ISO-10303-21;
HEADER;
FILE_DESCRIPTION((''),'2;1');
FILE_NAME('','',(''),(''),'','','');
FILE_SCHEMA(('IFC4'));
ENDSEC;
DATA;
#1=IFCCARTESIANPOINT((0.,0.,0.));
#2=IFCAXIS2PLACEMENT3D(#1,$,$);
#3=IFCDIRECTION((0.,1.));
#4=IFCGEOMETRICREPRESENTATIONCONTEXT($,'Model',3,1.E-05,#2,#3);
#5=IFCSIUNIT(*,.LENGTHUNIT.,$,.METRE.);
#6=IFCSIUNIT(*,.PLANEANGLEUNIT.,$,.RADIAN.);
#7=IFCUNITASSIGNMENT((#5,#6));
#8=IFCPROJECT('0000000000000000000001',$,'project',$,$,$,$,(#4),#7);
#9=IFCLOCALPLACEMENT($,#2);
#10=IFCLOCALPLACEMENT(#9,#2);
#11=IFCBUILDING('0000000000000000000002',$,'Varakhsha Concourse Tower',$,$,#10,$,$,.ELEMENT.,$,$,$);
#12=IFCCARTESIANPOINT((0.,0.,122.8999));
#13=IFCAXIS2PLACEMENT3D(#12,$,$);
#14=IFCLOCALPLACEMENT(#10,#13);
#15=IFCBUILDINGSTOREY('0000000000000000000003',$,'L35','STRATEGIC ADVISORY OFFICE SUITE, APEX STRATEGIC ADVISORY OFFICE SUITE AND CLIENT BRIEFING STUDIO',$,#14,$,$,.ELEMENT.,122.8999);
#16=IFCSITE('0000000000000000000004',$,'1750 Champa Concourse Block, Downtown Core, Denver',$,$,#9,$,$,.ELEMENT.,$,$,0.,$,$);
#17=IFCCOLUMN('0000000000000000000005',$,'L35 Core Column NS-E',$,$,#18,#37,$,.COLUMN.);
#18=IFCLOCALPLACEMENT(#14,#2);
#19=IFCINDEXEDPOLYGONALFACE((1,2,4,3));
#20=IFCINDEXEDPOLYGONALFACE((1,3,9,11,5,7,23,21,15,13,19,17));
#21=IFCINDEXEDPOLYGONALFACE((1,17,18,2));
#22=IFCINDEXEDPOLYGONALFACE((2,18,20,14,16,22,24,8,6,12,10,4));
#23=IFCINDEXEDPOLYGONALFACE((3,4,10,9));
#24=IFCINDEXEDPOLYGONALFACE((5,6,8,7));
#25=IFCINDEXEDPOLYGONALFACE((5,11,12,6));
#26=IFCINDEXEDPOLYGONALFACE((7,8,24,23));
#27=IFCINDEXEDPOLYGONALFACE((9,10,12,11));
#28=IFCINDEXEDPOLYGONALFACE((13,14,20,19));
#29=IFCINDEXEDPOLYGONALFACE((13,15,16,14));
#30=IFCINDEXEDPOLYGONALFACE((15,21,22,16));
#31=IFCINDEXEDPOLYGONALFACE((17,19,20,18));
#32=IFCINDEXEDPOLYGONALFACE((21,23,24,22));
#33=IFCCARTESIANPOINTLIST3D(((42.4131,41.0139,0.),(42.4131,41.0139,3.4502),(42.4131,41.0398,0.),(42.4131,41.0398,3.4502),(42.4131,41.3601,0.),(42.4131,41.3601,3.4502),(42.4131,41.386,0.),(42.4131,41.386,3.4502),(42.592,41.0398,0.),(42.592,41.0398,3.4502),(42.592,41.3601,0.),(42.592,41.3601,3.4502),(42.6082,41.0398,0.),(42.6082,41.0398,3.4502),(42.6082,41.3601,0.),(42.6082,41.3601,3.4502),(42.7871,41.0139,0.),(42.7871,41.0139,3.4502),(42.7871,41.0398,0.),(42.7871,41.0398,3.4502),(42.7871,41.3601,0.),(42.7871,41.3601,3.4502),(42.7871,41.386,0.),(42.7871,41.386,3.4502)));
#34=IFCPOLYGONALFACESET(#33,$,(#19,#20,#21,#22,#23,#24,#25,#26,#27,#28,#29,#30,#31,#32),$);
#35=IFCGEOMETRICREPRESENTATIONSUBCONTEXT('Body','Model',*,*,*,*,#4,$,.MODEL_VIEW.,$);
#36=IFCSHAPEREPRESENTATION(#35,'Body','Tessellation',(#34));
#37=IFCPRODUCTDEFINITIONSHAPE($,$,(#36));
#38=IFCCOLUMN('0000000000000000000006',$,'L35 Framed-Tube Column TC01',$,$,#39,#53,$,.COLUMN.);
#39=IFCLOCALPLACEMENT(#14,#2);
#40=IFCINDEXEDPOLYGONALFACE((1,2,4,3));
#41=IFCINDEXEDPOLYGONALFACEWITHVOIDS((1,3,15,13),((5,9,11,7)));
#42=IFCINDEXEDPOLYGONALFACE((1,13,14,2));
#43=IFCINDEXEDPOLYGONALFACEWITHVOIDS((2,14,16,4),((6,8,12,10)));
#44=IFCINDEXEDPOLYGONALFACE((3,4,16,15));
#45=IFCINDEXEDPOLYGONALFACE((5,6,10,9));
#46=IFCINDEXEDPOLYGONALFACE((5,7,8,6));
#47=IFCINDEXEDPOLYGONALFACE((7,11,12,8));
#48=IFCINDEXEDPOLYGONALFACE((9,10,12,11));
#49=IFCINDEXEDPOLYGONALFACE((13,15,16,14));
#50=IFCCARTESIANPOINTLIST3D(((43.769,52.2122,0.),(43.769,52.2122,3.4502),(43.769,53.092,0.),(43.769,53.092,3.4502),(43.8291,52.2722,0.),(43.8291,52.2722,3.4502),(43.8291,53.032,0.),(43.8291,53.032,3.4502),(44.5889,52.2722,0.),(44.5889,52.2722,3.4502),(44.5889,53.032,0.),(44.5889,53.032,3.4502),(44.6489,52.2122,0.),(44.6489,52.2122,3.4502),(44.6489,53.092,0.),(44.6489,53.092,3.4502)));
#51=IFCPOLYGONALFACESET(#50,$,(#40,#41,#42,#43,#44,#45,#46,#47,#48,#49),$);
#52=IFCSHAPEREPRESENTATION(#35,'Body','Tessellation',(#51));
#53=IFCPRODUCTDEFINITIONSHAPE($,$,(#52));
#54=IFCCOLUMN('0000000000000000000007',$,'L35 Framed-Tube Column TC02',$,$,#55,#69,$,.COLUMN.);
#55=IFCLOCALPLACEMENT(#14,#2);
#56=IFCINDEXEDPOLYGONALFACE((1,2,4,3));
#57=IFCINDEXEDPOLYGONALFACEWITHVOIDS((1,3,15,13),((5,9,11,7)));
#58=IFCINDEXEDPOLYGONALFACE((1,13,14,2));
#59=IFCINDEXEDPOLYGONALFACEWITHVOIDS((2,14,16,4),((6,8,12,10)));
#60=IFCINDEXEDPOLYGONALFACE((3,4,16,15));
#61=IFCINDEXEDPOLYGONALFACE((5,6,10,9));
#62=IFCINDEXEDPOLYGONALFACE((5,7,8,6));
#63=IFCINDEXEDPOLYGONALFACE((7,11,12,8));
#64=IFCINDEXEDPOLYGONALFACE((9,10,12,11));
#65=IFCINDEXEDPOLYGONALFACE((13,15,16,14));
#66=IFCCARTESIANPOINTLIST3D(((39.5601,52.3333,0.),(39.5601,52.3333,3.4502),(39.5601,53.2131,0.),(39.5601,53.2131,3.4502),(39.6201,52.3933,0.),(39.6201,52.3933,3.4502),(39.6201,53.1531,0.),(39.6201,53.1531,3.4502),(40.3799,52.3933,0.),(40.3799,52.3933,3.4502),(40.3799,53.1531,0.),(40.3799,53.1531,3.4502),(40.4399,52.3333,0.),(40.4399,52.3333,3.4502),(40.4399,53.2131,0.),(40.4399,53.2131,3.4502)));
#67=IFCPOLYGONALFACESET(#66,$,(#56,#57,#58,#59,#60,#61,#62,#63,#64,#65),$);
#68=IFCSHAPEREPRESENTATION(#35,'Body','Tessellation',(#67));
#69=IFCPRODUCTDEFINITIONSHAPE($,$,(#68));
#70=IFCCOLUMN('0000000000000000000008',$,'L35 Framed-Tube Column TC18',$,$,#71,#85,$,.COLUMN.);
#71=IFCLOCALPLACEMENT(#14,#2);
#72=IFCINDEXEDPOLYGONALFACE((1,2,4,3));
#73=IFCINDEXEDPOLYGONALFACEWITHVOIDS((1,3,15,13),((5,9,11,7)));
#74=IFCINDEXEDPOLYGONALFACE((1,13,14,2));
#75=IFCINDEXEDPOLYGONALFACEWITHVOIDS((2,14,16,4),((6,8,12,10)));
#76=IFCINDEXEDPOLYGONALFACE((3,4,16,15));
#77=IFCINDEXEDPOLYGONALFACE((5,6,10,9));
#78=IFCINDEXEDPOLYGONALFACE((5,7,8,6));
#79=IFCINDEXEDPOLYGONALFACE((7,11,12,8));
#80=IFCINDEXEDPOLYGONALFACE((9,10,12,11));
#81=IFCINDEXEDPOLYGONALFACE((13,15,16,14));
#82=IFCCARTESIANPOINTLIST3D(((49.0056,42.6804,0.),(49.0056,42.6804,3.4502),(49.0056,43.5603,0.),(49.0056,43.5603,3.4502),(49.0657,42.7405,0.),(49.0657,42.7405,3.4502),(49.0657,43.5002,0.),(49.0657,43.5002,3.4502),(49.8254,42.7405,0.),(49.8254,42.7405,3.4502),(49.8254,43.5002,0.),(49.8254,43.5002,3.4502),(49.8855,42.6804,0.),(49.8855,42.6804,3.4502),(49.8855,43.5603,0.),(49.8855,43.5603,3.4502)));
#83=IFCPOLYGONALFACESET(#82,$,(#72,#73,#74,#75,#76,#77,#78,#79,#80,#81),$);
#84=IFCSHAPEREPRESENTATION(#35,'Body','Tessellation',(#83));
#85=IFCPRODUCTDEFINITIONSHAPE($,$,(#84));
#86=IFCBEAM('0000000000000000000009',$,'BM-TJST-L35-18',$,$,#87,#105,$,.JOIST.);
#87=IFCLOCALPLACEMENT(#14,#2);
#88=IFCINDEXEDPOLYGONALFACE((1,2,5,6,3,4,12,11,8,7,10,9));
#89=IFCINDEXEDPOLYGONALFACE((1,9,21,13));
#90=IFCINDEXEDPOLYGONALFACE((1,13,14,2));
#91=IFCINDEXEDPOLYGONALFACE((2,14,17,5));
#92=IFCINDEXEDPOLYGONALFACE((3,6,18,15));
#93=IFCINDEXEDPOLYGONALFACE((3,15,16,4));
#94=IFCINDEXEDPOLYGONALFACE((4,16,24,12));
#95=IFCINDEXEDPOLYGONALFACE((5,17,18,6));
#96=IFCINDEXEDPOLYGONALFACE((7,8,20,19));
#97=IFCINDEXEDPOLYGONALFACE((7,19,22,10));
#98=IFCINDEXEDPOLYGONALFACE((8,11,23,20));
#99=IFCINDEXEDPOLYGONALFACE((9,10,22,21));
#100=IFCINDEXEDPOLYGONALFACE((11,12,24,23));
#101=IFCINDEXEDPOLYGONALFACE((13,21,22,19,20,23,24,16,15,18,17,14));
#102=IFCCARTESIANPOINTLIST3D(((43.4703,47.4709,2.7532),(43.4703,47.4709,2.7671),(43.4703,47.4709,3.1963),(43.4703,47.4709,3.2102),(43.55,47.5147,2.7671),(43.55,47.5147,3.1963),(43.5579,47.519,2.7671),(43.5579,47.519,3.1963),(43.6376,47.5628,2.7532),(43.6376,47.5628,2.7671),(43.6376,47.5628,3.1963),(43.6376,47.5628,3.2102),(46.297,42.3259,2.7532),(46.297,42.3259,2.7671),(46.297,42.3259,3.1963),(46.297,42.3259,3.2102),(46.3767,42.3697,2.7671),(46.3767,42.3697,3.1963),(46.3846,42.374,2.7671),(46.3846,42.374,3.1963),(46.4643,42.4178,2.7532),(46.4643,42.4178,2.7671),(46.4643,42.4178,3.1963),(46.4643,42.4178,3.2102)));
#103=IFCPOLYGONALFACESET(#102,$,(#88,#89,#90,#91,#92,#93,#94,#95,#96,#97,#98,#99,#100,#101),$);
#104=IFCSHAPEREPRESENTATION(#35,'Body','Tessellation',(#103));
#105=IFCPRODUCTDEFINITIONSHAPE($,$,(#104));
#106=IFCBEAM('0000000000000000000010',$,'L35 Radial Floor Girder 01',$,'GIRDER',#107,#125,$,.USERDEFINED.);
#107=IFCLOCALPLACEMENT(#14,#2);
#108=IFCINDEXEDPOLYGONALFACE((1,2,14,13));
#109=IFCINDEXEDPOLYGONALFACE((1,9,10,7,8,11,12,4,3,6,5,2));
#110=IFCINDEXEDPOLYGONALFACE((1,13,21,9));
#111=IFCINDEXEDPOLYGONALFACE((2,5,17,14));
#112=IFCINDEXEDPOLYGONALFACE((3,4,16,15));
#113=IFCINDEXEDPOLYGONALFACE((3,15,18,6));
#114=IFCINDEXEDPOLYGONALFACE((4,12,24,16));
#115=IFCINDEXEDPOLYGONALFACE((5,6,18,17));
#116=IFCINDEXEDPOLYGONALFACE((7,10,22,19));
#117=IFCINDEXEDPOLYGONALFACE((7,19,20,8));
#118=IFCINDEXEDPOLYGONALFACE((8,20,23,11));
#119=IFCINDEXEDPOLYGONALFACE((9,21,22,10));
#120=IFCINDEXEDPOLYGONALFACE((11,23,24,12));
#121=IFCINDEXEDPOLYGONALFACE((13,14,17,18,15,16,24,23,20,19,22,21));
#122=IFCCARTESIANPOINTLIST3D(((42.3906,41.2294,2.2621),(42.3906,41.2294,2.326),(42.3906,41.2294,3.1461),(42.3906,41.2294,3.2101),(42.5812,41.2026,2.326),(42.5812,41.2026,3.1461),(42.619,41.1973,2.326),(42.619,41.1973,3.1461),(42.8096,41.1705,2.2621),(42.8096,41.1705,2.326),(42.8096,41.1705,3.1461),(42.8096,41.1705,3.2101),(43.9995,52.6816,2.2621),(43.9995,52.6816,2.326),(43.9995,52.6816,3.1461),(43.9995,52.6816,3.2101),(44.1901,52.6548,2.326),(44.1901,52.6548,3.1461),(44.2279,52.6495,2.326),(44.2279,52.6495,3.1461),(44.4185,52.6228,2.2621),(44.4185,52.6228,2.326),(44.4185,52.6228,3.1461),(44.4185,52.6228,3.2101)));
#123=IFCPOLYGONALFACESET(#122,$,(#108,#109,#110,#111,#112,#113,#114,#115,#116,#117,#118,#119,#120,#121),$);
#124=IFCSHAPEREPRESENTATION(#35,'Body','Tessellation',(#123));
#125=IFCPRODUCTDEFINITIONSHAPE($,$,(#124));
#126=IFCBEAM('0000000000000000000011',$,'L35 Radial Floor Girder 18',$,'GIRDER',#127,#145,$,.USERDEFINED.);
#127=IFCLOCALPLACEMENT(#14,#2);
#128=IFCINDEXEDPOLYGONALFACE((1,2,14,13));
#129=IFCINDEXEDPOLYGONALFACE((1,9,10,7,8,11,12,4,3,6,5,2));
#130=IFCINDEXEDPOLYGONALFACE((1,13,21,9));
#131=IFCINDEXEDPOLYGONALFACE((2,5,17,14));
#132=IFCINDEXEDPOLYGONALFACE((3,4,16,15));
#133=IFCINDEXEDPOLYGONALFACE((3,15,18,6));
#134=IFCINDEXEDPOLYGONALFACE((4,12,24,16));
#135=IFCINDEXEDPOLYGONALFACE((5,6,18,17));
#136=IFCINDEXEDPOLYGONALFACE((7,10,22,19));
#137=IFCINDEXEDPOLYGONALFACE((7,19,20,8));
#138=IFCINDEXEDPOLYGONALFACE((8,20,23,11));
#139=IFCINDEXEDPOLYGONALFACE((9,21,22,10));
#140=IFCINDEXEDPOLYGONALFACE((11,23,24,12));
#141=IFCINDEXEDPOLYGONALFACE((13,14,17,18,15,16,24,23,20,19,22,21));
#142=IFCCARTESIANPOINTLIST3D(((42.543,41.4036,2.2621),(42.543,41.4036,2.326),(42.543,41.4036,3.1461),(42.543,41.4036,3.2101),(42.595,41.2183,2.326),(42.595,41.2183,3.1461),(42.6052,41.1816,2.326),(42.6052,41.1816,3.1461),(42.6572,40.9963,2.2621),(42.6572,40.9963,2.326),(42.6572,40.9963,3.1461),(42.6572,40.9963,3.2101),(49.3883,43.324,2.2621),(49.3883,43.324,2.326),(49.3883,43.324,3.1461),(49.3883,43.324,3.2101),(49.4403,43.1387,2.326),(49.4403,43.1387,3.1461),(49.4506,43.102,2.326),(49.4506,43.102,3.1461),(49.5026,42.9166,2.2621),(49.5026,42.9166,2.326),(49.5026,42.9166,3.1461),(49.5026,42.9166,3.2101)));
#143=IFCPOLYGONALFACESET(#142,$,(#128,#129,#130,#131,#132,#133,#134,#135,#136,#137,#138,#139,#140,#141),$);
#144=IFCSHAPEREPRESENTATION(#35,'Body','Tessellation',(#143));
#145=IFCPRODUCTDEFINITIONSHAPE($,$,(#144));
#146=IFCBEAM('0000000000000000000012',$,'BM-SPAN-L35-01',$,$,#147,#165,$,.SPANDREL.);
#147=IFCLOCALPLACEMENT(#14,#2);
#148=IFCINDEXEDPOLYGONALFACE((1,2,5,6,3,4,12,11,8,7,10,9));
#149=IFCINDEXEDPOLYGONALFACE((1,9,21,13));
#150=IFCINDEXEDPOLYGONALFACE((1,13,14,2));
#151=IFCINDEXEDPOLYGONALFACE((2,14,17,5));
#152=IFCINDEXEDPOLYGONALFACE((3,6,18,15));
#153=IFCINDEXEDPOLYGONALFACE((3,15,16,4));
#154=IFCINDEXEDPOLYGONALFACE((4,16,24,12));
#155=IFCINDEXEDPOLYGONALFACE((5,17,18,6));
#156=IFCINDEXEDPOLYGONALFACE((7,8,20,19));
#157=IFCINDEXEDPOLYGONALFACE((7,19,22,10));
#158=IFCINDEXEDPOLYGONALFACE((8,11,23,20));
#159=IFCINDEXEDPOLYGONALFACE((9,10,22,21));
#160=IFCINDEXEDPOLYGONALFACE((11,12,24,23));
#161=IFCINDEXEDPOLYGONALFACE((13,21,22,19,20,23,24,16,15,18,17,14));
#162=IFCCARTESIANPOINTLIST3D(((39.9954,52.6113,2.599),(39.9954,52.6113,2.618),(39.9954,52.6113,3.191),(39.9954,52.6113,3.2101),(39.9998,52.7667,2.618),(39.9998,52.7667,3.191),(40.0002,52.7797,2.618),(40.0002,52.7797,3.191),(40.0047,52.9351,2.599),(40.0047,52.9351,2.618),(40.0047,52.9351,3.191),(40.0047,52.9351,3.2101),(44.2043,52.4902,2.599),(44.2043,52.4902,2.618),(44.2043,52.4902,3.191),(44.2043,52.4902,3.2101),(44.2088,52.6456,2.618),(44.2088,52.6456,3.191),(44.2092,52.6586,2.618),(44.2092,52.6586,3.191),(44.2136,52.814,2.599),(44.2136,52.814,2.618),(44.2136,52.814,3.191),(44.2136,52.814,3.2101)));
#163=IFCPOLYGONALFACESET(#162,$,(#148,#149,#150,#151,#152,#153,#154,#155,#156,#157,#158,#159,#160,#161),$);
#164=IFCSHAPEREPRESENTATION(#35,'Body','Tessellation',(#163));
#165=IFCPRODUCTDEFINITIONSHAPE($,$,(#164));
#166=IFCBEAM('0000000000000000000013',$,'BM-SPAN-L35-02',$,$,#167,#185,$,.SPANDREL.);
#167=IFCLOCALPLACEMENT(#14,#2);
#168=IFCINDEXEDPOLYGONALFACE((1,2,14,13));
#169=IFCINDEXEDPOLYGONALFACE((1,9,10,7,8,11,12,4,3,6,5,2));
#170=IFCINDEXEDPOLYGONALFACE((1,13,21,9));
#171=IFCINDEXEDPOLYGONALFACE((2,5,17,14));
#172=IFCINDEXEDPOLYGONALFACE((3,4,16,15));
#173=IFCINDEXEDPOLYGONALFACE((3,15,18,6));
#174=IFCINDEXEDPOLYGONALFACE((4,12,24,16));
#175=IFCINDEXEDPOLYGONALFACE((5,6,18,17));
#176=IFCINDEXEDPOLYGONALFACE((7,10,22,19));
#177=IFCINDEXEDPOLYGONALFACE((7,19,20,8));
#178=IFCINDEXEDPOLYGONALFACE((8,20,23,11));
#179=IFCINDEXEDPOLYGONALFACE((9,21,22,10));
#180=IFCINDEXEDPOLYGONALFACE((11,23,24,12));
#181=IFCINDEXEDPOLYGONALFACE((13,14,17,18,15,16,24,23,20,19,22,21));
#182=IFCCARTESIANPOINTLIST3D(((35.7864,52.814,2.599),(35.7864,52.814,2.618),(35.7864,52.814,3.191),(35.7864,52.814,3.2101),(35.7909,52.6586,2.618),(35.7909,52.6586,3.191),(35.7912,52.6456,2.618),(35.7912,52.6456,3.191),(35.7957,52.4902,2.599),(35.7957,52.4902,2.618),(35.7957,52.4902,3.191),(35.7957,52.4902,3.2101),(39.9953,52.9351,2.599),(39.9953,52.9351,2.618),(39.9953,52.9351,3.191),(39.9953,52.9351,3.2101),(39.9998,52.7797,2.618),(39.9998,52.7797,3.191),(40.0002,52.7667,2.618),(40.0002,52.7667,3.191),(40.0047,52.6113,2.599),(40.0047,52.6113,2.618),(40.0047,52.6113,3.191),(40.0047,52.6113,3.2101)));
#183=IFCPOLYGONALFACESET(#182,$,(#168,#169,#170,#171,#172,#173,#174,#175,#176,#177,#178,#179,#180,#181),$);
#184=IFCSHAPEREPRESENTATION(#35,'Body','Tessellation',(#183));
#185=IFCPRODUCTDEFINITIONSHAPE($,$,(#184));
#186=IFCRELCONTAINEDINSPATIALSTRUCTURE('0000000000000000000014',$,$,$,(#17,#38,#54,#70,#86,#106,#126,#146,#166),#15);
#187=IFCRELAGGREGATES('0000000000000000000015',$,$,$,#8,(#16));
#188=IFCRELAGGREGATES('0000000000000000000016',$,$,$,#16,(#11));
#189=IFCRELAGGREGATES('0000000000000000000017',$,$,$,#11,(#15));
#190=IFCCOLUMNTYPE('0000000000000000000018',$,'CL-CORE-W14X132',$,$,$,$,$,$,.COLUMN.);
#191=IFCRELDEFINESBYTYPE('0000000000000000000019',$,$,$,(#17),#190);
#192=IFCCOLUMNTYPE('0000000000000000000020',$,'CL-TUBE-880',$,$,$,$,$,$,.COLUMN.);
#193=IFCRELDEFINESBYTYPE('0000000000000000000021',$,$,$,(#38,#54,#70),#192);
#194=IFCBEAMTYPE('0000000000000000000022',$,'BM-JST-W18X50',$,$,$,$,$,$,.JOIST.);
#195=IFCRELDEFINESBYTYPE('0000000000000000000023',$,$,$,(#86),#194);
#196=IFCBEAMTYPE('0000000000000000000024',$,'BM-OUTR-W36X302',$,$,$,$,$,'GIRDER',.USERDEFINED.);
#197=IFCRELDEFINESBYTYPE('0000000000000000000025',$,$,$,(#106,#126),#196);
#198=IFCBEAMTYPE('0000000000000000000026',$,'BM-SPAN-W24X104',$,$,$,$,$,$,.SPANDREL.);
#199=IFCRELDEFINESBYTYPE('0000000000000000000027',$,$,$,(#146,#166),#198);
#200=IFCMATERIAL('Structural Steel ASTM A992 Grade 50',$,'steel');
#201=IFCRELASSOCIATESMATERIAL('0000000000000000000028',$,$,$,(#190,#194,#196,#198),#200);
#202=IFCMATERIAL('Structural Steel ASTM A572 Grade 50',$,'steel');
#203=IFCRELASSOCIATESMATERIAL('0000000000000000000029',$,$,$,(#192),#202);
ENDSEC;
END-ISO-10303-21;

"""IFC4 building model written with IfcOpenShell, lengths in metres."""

from ifc_helpers import new_model, si_unit, direction, frame, origin, origin_2d, place, context, subcontext, project, spatial, hollow_rectangle, i_section, extrude, material, material_profile, profile_set, type_object, element, save


model = new_model("IFC4")

# Units and contexts
model_context = context("Model", 3, precision=1e-05, world=origin(), true_north=direction((0.0, 1.0)))
body_context = subcontext(model_context, "Body", "Model", "MODEL_VIEW")
ifc_project = project(units=[si_unit("LENGTHUNIT", "METRE"), si_unit("PLANEANGLEUNIT", "RADIAN")], contexts=[model_context])

# Site, building, storey
site_placement = place(None, origin())
site = spatial("IfcSite", under=ifc_project, at=site_placement, Name="1750 Champa Concourse Block, Downtown Core, Denver", CompositionType="ELEMENT", RefElevation=0.0)
building_placement = place(site_placement, origin())
building = spatial("IfcBuilding", under=site, at=building_placement, Name="Varakhsha Concourse Tower", CompositionType="ELEMENT")
storey_placement = place(building_placement, frame((0.0, 0.0, 122.8999)))
storey = spatial("IfcBuildingStorey", under=building, at=storey_placement, Name="L35", Description="STRATEGIC ADVISORY OFFICE SUITE, APEX STRATEGIC ADVISORY OFFICE SUITE AND CLIENT BRIEFING STUDIO", CompositionType="ELEMENT", Elevation=122.8999)

# Columns
ifc_material_1 = material(Name="Structural Steel ASTM A992 Grade 50", Category="steel")
ifc_material_profile_1 = material_profile(ifc_material_1, i_section(OverallWidth=0.374, OverallDepth=0.3721, WebThickness=0.0161, FlangeThickness=0.0259, at=origin_2d()), Name="W14X132")
ifc_profile_set_1 = profile_set([ifc_material_profile_1], Name="Structural Steel ASTM A992 Grade 50")
column_type_1 = type_object("IfcColumnType", Name="CL-CORE-W14X132", PredefinedType="COLUMN", material=ifc_profile_set_1)
column_placement = place(storey_placement, frame((42.6001, 41.2, 0.0), z_axis=(0.0, 0.0, 1.0), x_axis=(1.0, 0.0, 0.0)))
element("IfcColumn", 1, at=column_placement, inside=storey, type_object=column_type_1, Name="L35 Core Column NS-E", PredefinedType="COLUMN", context=body_context, shape_type="SweptSolid", body=[
    extrude(i_section(OverallWidth=0.374, OverallDepth=0.3721, WebThickness=0.0161, FlangeThickness=0.0259, at=origin_2d()), origin(), (0.0, 0.0, 1.0), 3.4502),
])
ifc_material_2 = material(Name="Structural Steel ASTM A572 Grade 50", Category="steel")
ifc_material_profile_2 = material_profile(ifc_material_2, hollow_rectangle(XDim=0.8799, YDim=0.8799, WallThickness=0.0601, at=origin_2d()), Name="BOX 880x880x60")
ifc_profile_set_2 = profile_set([ifc_material_profile_2], Name="Structural Steel ASTM A572 Grade 50")
column_type_2 = type_object("IfcColumnType", Name="CL-TUBE-880", PredefinedType="COLUMN", material=ifc_profile_set_2)
for number, where, z_axis, x_axis, name in (
    (2, (44.209, 52.6521, 0.0), (0.0, 0.0, 1.0), (1.0, 0.0, 0.0), "L35 Framed-Tube Column TC01"),
    (3, (40.0, 52.7732, 0.0), (0.0, 0.0, 1.0), (1.0, 0.0, 0.0), "L35 Framed-Tube Column TC02"),
    (4, (49.4456, 43.1204, 0.0), (0.0, 0.0, 1.0), (1.0, 0.0, 0.0), "L35 Framed-Tube Column TC18"),
):
    element("IfcColumn", number, at=place(storey_placement, frame(where, z_axis=z_axis, x_axis=x_axis)), inside=storey, type_object=column_type_2, Name=name, PredefinedType="COLUMN", context=body_context, shape_type="SweptSolid", body=[
        extrude(hollow_rectangle(XDim=0.8799, YDim=0.8799, WallThickness=0.0601, at=origin_2d()), origin(), (0.0, 0.0, 1.0), 3.4502),
    ])

# Beams
ifc_material_profile_3 = material_profile(ifc_material_1, i_section(OverallWidth=0.1909, OverallDepth=0.457, WebThickness=0.009, FlangeThickness=0.0139, at=origin_2d()), Name="W18X50")
ifc_profile_set_3 = profile_set([ifc_material_profile_3], Name="Structural Steel ASTM A992 Grade 50")
beam_type_1 = type_object("IfcBeamType", Name="BM-JST-W18X50", PredefinedType="JOIST", material=ifc_profile_set_3)
beam_1_placement = place(storey_placement, frame((46.3806, 42.3718, 2.9817), z_axis=(-0.481513, 0.876439, 0.0), x_axis=(-0.876439, -0.481513, 0.0)))
element("IfcBeam", 5, at=beam_1_placement, inside=storey, type_object=beam_type_1, Name="BM-TJST-L35-18", PredefinedType="JOIST", context=body_context, shape_type="SweptSolid", body=[
    extrude(i_section(OverallWidth=0.1909, OverallDepth=0.457, WebThickness=0.009, FlangeThickness=0.0139, at=origin_2d()), origin(), (0.0, 0.0, 1.0), 5.8704),
])
ifc_material_profile_4 = material_profile(ifc_material_1, i_section(OverallWidth=0.4231, OverallDepth=0.948, WebThickness=0.0381, FlangeThickness=0.064, at=origin_2d()), Name="W36X302")
ifc_profile_set_4 = profile_set([ifc_material_profile_4], Name="Structural Steel ASTM A992 Grade 50")
beam_type_2 = type_object("IfcBeamType", Name="BM-OUTR-W36X302", ElementType="GIRDER", PredefinedType="USERDEFINED", material=ifc_profile_set_4)
beam_2_placement = place(storey_placement, frame((42.6001, 41.2, 2.7361), z_axis=(0.139122, 0.990275, 0.0), x_axis=(-0.990275, 0.139122, 0.0)))
element("IfcBeam", 6, at=beam_2_placement, inside=storey, type_object=beam_type_2, Name="L35 Radial Floor Girder 01", ObjectType="GIRDER", PredefinedType="USERDEFINED", context=body_context, shape_type="SweptSolid", body=[
    extrude(i_section(OverallWidth=0.4231, OverallDepth=0.948, WebThickness=0.0381, FlangeThickness=0.064, at=origin_2d()), origin(), (0.0, 0.0, 1.0), 11.5647),
])
beam_3_placement = place(storey_placement, frame((42.6001, 41.2, 2.7361), z_axis=(0.962829, 0.27011, 0.0), x_axis=(-0.27011, 0.962829, 0.0)))
element("IfcBeam", 7, at=beam_3_placement, inside=storey, type_object=beam_type_2, Name="L35 Radial Floor Girder 18", ObjectType="GIRDER", PredefinedType="USERDEFINED", context=body_context, shape_type="SweptSolid", body=[
    extrude(i_section(OverallWidth=0.4231, OverallDepth=0.948, WebThickness=0.0381, FlangeThickness=0.064, at=origin_2d()), origin(), (0.0, 0.0, 1.0), 7.1096),
])
ifc_material_profile_5 = material_profile(ifc_material_1, i_section(OverallWidth=0.324, OverallDepth=0.6111, WebThickness=0.0129, FlangeThickness=0.019, at=origin_2d()), Name="W24X104")
ifc_profile_set_5 = profile_set([ifc_material_profile_5], Name="Structural Steel ASTM A992 Grade 50")
beam_type_3 = type_object("IfcBeamType", Name="BM-SPAN-W24X104", PredefinedType="SPANDREL", material=ifc_profile_set_5)
for number, where, z_axis, x_axis, name in (
    (8, (44.209, 52.6521, 2.9045), (-0.999586, 0.028758, 0.0), (-0.028758, -0.999586, 0.0), "BM-SPAN-L35-01"),
    (9, (40.0, 52.7732, 2.9045), (-0.999586, -0.028758, 0.0), (0.028758, -0.999586, 0.0), "BM-SPAN-L35-02"),
):
    element("IfcBeam", number, at=place(storey_placement, frame(where, z_axis=z_axis, x_axis=x_axis)), inside=storey, type_object=beam_type_3, Name=name, PredefinedType="SPANDREL", context=body_context, shape_type="SweptSolid", body=[
        extrude(i_section(OverallWidth=0.324, OverallDepth=0.6111, WebThickness=0.0129, FlangeThickness=0.019, at=origin_2d()), origin(), (0.0, 0.0, 1.0), 4.2107),
    ])

save(model, "model.ifc")
